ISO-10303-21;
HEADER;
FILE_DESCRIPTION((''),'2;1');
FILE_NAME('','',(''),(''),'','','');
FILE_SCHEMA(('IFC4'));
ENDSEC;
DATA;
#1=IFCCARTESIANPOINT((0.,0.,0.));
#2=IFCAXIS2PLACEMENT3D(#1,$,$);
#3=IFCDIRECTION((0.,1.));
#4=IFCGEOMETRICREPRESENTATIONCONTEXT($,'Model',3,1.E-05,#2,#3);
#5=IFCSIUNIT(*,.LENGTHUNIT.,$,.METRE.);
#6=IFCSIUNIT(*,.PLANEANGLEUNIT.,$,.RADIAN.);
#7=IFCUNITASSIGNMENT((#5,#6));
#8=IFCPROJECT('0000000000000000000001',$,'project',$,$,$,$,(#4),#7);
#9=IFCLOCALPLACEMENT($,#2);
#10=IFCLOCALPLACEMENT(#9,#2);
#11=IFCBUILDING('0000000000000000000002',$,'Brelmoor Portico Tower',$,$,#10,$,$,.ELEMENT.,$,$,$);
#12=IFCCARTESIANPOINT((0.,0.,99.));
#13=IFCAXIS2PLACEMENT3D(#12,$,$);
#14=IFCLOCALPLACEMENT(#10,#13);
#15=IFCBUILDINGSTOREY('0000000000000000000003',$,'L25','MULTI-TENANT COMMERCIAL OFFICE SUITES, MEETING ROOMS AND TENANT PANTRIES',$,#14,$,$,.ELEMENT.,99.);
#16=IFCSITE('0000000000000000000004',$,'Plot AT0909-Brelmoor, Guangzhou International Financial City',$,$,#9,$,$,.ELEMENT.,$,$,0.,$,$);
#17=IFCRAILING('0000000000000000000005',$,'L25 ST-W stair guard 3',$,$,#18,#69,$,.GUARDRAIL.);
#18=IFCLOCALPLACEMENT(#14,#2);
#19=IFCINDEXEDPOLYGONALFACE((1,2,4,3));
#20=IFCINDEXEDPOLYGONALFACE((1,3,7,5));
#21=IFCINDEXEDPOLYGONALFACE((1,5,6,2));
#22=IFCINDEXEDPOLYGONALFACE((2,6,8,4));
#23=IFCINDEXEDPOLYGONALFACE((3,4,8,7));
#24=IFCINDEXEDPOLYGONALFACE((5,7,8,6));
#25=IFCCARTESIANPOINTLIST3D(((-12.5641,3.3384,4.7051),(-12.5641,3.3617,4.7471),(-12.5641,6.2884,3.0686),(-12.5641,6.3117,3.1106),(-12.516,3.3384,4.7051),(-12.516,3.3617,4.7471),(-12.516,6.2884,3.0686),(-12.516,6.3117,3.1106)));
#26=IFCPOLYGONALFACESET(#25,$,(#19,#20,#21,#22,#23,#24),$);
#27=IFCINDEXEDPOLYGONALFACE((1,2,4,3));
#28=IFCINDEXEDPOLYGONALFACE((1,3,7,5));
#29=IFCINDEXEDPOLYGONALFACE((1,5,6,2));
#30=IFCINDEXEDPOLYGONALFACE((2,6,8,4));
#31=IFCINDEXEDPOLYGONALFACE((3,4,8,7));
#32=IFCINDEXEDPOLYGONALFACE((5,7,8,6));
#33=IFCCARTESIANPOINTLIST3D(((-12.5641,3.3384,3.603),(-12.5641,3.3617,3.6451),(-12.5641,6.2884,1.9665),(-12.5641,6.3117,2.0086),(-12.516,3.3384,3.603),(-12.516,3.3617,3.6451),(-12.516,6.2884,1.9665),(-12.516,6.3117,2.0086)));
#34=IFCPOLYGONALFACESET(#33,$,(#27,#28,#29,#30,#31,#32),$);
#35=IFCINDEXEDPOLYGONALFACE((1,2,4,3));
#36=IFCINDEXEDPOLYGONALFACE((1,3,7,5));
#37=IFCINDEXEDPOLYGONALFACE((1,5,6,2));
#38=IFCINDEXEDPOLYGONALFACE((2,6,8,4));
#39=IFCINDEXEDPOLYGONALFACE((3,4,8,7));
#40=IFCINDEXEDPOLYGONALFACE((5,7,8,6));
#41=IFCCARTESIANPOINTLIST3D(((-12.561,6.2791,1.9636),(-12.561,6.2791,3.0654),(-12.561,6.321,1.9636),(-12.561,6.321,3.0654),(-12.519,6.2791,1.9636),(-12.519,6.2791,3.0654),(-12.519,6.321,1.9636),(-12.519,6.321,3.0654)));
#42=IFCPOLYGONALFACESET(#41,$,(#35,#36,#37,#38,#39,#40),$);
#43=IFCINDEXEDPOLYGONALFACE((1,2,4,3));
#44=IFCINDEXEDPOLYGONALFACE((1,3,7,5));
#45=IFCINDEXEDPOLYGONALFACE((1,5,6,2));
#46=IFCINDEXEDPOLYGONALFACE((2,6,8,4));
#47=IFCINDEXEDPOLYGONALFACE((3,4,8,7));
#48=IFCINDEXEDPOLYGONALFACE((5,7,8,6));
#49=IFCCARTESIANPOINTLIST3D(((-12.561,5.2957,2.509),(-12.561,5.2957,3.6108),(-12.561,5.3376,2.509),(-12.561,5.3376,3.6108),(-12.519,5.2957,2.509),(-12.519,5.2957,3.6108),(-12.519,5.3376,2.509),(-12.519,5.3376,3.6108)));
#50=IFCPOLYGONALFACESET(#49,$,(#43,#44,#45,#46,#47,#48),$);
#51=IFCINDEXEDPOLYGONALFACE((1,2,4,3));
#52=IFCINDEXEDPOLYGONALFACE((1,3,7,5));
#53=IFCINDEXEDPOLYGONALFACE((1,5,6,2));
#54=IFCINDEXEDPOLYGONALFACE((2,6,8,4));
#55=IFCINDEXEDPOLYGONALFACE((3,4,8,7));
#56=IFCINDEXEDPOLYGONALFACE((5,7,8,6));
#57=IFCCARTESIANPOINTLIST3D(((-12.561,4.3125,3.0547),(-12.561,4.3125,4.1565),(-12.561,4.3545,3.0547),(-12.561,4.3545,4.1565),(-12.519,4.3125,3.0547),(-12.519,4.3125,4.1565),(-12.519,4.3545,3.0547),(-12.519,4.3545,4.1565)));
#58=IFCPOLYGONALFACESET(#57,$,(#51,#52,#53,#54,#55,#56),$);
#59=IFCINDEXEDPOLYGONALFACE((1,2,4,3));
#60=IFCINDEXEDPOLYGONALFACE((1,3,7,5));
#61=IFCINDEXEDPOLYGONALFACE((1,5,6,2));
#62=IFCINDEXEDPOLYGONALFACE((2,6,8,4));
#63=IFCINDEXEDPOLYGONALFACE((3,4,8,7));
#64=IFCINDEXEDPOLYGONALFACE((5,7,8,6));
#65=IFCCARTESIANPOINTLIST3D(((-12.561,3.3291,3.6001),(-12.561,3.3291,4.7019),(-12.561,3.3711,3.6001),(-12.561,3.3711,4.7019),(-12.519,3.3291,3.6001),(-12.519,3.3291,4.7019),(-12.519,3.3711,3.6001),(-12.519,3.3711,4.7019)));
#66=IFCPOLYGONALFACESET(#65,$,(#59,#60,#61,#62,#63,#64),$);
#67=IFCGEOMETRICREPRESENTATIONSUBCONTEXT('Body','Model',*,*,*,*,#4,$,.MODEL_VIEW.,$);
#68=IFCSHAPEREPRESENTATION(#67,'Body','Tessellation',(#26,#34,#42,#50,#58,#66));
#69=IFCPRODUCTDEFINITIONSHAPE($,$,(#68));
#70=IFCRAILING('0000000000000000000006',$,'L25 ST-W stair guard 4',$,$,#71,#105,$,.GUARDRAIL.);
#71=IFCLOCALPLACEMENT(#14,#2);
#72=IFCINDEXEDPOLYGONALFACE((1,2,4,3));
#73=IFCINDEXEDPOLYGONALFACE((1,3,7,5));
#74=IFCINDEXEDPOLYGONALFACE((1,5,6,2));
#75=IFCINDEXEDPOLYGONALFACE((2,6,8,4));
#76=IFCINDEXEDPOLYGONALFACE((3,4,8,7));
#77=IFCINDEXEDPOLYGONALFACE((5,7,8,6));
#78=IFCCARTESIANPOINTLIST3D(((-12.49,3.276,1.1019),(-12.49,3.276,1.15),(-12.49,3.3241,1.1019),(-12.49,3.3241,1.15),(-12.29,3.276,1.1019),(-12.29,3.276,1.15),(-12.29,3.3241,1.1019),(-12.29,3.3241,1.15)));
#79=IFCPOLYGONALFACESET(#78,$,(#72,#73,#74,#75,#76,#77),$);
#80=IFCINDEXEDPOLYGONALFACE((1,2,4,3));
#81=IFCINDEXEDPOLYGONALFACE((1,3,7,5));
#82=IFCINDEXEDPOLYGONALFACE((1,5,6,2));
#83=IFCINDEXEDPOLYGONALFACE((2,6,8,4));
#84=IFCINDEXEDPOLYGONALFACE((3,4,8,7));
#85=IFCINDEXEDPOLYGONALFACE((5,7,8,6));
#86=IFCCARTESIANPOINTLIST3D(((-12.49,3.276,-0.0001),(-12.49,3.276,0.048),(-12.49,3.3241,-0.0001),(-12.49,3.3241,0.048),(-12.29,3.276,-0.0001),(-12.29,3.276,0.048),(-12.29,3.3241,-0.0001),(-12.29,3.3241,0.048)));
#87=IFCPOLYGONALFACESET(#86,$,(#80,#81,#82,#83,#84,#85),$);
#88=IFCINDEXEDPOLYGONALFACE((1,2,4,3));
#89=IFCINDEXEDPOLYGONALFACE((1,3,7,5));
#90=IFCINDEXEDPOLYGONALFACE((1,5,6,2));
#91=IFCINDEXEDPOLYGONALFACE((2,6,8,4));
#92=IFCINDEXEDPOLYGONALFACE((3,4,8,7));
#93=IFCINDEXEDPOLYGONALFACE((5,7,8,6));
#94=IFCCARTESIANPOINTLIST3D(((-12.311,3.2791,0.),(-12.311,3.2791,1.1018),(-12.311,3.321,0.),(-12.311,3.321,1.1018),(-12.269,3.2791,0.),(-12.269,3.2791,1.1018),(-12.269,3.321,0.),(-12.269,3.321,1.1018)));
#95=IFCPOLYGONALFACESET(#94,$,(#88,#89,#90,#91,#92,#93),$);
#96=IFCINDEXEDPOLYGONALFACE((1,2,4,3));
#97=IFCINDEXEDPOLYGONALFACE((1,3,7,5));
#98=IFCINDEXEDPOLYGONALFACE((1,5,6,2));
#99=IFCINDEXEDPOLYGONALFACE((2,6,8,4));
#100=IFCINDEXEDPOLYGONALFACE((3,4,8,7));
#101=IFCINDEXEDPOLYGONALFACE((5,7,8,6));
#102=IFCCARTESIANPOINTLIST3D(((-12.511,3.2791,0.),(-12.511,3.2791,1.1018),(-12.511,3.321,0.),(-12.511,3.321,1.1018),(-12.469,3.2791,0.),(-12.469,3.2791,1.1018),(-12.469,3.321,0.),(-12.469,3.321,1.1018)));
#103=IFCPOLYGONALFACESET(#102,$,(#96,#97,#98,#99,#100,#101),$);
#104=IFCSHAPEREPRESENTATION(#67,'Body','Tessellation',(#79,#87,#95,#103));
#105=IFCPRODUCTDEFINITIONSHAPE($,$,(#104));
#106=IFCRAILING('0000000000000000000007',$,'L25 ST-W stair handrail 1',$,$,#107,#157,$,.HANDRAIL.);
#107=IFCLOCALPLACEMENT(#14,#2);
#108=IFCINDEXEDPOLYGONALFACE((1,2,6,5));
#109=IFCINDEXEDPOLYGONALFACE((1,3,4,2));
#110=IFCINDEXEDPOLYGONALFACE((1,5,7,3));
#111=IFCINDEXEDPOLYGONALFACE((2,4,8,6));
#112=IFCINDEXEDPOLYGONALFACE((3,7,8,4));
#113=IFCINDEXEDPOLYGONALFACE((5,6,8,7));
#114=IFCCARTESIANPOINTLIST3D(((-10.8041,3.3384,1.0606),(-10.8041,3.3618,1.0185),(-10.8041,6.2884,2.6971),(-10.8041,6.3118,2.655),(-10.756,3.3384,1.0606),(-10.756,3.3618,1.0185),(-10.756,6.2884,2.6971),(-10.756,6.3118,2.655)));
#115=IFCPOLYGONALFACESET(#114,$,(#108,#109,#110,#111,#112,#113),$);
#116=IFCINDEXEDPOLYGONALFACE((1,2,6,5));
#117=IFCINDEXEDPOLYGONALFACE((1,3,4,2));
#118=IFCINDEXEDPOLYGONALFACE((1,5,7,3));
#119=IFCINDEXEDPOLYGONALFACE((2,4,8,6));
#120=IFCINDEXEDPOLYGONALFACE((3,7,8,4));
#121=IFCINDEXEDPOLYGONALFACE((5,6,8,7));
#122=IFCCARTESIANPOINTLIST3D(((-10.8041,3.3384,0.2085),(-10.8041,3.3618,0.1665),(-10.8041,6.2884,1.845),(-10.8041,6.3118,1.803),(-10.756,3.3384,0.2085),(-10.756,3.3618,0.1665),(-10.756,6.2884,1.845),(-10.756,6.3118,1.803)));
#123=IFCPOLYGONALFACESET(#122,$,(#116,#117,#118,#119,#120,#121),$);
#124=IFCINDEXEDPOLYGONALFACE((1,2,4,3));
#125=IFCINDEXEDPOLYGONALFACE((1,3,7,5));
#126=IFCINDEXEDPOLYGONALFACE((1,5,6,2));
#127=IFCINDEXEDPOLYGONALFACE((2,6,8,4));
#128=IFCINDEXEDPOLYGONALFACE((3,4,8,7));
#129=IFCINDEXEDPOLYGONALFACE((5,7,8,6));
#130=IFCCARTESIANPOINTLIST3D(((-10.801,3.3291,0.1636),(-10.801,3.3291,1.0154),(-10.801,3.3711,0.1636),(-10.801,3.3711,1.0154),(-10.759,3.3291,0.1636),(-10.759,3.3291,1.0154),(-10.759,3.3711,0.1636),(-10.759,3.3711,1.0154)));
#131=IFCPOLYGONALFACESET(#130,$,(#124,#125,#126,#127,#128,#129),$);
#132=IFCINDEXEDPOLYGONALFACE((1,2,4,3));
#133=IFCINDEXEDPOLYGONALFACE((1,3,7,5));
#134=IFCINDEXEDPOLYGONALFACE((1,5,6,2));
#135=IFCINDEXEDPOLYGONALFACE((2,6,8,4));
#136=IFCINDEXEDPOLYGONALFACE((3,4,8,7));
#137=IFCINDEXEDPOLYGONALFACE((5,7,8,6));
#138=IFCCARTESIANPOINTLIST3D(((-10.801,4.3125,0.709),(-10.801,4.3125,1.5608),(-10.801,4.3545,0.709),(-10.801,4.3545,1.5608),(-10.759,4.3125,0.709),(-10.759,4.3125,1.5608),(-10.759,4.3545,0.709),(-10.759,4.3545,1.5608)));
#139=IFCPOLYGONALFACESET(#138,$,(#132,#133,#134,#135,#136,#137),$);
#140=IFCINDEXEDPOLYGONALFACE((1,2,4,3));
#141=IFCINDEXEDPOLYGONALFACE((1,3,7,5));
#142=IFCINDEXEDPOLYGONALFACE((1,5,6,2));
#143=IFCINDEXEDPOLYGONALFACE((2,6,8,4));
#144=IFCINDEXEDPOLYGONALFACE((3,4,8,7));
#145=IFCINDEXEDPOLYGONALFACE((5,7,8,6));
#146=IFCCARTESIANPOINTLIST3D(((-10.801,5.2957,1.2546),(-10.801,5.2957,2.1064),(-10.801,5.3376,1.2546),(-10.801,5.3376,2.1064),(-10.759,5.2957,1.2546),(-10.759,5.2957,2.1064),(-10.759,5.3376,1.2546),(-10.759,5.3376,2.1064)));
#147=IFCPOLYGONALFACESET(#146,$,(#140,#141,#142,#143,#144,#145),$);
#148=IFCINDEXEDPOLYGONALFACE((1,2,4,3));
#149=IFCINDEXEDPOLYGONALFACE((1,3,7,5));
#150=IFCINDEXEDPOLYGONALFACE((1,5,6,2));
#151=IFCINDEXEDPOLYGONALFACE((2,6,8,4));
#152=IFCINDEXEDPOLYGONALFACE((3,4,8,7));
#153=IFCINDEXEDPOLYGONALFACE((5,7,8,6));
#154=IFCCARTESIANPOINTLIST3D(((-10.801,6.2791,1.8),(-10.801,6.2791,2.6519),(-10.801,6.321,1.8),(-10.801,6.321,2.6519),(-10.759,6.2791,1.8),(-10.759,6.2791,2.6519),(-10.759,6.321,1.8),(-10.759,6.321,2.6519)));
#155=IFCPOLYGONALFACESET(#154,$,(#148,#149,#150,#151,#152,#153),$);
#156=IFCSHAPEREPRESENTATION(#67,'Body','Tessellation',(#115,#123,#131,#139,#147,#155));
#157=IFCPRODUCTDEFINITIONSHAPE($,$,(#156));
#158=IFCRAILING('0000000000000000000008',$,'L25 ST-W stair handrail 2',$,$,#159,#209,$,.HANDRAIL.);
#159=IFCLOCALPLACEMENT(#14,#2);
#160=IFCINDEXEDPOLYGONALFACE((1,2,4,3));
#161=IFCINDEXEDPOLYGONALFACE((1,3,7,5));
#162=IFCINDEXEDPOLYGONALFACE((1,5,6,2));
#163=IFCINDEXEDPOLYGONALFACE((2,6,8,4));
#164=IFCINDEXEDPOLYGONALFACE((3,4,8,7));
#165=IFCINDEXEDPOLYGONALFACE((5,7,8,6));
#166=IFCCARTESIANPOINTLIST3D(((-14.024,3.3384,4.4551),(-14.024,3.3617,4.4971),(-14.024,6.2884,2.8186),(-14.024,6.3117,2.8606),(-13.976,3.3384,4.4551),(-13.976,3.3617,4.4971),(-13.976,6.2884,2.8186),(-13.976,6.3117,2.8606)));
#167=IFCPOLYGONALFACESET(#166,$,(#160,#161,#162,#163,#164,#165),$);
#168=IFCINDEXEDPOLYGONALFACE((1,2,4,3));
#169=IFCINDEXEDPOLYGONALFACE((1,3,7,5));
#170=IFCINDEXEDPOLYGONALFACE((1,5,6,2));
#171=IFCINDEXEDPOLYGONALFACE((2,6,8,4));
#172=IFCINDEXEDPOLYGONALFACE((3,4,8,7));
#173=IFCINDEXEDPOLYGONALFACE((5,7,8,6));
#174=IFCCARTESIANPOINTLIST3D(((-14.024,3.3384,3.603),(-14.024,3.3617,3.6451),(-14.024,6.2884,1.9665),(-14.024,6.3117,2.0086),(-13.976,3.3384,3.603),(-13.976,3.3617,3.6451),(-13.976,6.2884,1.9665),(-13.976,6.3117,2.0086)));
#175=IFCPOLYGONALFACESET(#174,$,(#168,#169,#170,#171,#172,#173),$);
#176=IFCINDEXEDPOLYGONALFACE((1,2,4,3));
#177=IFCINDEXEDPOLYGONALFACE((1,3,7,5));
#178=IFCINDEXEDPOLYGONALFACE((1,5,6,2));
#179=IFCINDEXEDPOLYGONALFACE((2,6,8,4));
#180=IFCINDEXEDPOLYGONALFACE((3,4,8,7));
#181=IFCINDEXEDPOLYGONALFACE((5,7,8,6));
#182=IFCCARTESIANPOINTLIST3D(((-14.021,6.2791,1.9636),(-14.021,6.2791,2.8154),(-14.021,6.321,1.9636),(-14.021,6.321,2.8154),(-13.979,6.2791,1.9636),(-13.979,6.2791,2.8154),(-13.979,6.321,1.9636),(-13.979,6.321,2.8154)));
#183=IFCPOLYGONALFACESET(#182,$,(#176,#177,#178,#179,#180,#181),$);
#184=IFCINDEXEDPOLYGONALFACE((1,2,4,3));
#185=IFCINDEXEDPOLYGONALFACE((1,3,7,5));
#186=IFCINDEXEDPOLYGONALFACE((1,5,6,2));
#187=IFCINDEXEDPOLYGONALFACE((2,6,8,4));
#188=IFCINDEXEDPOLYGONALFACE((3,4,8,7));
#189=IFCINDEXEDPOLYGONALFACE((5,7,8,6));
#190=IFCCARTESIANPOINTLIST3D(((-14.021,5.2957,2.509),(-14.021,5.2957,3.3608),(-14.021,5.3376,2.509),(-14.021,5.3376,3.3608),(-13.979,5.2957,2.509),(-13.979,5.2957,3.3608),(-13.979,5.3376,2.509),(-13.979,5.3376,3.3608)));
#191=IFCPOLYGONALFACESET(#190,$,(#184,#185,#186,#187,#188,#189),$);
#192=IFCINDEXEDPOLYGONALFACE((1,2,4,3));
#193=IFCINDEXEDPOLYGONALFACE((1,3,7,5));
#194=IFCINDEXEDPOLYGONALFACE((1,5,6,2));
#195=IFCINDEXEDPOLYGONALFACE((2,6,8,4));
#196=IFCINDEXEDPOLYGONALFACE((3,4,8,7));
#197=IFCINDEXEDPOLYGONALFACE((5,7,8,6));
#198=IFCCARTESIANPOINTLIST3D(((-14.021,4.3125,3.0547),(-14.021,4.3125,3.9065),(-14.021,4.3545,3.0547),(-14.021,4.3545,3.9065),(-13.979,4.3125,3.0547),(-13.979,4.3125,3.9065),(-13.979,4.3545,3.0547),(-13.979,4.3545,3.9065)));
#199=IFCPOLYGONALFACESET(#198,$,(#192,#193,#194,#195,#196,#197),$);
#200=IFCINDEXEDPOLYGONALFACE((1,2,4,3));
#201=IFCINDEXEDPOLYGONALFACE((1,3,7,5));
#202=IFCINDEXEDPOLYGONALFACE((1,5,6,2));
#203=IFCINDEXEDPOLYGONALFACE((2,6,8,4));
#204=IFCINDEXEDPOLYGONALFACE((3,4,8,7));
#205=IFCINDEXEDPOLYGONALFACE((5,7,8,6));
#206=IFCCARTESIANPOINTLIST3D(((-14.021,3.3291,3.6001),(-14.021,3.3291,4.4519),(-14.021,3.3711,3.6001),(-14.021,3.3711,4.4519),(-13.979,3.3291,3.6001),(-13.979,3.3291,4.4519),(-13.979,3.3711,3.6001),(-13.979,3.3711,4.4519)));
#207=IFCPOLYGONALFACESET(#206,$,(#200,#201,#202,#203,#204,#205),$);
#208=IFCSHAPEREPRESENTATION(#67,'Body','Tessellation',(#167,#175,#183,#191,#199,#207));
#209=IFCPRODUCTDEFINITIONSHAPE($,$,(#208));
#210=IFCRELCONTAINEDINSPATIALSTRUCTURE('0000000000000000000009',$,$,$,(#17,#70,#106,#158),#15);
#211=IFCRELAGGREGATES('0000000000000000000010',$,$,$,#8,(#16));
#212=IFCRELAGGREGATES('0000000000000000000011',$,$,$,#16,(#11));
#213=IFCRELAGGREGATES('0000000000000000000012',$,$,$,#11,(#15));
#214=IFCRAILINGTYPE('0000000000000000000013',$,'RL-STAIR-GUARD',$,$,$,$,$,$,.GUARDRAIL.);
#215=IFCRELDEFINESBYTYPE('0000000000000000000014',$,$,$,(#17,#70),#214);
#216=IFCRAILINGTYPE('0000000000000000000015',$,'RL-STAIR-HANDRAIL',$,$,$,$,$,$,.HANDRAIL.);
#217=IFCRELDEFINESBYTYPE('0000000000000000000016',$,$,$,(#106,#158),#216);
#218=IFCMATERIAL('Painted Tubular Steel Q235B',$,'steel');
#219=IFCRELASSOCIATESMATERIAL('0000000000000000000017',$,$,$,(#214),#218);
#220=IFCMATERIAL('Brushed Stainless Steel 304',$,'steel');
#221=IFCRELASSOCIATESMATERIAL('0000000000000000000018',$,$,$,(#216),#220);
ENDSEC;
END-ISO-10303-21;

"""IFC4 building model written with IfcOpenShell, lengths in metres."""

from ifc_helpers import new_model, si_unit, direction, frame, origin, origin_2d, place, context, subcontext, project, spatial, rectangle, extrude, material, type_object, element, save


model = new_model("IFC4")

# Units and contexts
model_context = context("Model", 3, precision=1e-05, world=origin(), true_north=direction((0.0, 1.0)))
body_context = subcontext(model_context, "Body", "Model", "MODEL_VIEW")
ifc_project = project(units=[si_unit("LENGTHUNIT", "METRE"), si_unit("PLANEANGLEUNIT", "RADIAN")], contexts=[model_context])

# Site, building, storey
site_placement = place(None, origin())
site = spatial("IfcSite", under=ifc_project, at=site_placement, Name="Plot AT0909-Brelmoor, Guangzhou International Financial City", CompositionType="ELEMENT", RefElevation=0.0)
building_placement = place(site_placement, origin())
building = spatial("IfcBuilding", under=site, at=building_placement, Name="Brelmoor Portico Tower", CompositionType="ELEMENT")
storey_placement = place(building_placement, frame((0.0, 0.0, 99.0)))
storey = spatial("IfcBuildingStorey", under=building, at=storey_placement, Name="L25", Description="MULTI-TENANT COMMERCIAL OFFICE SUITES, MEETING ROOMS AND TENANT PANTRIES", CompositionType="ELEMENT", Elevation=99.0)

# Railings
ifc_material_1 = material(Name="Painted Tubular Steel Q235B", Category="steel")
railing_type_1 = type_object("IfcRailingType", Name="RL-STAIR-GUARD", PredefinedType="GUARDRAIL", material=ifc_material_1)
railing_1_placement = place(storey_placement, frame((-12.54, 6.3, 1.9636)))
element("IfcRailing", 1, at=railing_1_placement, inside=storey, type_object=railing_type_1, Name="L25 ST-W stair guard 3", PredefinedType="GUARDRAIL", context=body_context, shape_type="SweptSolid", body=[
    extrude(rectangle(XDim=0.0481, YDim=0.0481, at=origin_2d()), frame((0.0, 0.0, 1.126), z_axis=(0.0, -0.874458, 0.485102), x_axis=(1.0, 0.0, 0.0)), (0.0, 0.0, 1.0), 3.3735),
    extrude(rectangle(XDim=0.0481, YDim=0.0481, at=origin_2d()), frame((0.0, 0.0, 0.0239), z_axis=(0.0, -0.874458, 0.485102), x_axis=(1.0, 0.0, 0.0)), (0.0, 0.0, 1.0), 3.3735),
    extrude(rectangle(XDim=0.042, YDim=0.042, at=origin_2d()), origin(), (0.0, 0.0, 1.0), 1.1018),
    extrude(rectangle(XDim=0.042, YDim=0.042, at=origin_2d()), frame((0.0, -0.9834, 0.5454)), (0.0, 0.0, 1.0), 1.1018),
    extrude(rectangle(XDim=0.042, YDim=0.042, at=origin_2d()), frame((0.0, -1.9666, 1.0911)), (0.0, 0.0, 1.0), 1.1018),
    extrude(rectangle(XDim=0.042, YDim=0.042, at=origin_2d()), frame((0.0, -2.95, 1.6365)), (0.0, 0.0, 1.0), 1.1018),
])
railing_2_placement = place(storey_placement, frame((-12.29, 3.3, 0.0)))
element("IfcRailing", 2, at=railing_2_placement, inside=storey, type_object=railing_type_1, Name="L25 ST-W stair guard 4", PredefinedType="GUARDRAIL", context=body_context, shape_type="SweptSolid", body=[
    extrude(rectangle(XDim=0.0481, YDim=0.0481, at=origin_2d()), frame((0.0, 0.0, 1.126), z_axis=(-1.0, 0.0, 0.0), x_axis=(0.0, -1.0, 0.0)), (0.0, 0.0, 1.0), 0.2),
    extrude(rectangle(XDim=0.0481, YDim=0.0481, at=origin_2d()), frame((0.0, 0.0, 0.0239), z_axis=(-1.0, 0.0, 0.0), x_axis=(0.0, -1.0, 0.0)), (0.0, 0.0, 1.0), 0.2),
    extrude(rectangle(XDim=0.042, YDim=0.042, at=origin_2d()), origin(), (0.0, 0.0, 1.0), 1.1018),
    extrude(rectangle(XDim=0.042, YDim=0.042, at=origin_2d()), frame((-0.2, 0.0, 0.0)), (0.0, 0.0, 1.0), 1.1018),
])
ifc_material_2 = material(Name="Brushed Stainless Steel 304", Category="steel")
railing_type_2 = type_object("IfcRailingType", Name="RL-STAIR-HANDRAIL", PredefinedType="HANDRAIL", material=ifc_material_2)
railing_3_placement = place(storey_placement, frame((-10.78, 3.3501, 0.1636)))
element("IfcRailing", 3, at=railing_3_placement, inside=storey, type_object=railing_type_2, Name="L25 ST-W stair handrail 1", PredefinedType="HANDRAIL", context=body_context, shape_type="SweptSolid", body=[
    extrude(rectangle(XDim=0.0481, YDim=0.0481, at=origin_2d()), frame((0.0, 0.0, 0.876), z_axis=(0.0, 0.874458, 0.485102), x_axis=(-1.0, 0.0, 0.0)), (0.0, 0.0, 1.0), 3.3735),
    extrude(rectangle(XDim=0.0481, YDim=0.0481, at=origin_2d()), frame((0.0, 0.0, 0.0239), z_axis=(0.0, 0.874458, 0.485102), x_axis=(-1.0, 0.0, 0.0)), (0.0, 0.0, 1.0), 3.3735),
    extrude(rectangle(XDim=0.042, YDim=0.042, at=origin_2d()), origin(), (0.0, 0.0, 1.0), 0.8518),
    extrude(rectangle(XDim=0.042, YDim=0.042, at=origin_2d()), frame((0.0, 0.9834, 0.5454)), (0.0, 0.0, 1.0), 0.8518),
    extrude(rectangle(XDim=0.042, YDim=0.042, at=origin_2d()), frame((0.0, 1.9666, 1.0911)), (0.0, 0.0, 1.0), 0.8518),
    extrude(rectangle(XDim=0.042, YDim=0.042, at=origin_2d()), frame((0.0, 2.95, 1.6365)), (0.0, 0.0, 1.0), 0.8518),
])
railing_4_placement = place(storey_placement, frame((-14.0, 6.3, 1.9636)))
element("IfcRailing", 4, at=railing_4_placement, inside=storey, type_object=railing_type_2, Name="L25 ST-W stair handrail 2", PredefinedType="HANDRAIL", context=body_context, shape_type="SweptSolid", body=[
    extrude(rectangle(XDim=0.0481, YDim=0.0481, at=origin_2d()), frame((0.0, 0.0, 0.876), z_axis=(0.0, -0.874458, 0.485102), x_axis=(1.0, 0.0, 0.0)), (0.0, 0.0, 1.0), 3.3735),
    extrude(rectangle(XDim=0.0481, YDim=0.0481, at=origin_2d()), frame((0.0, 0.0, 0.0239), z_axis=(0.0, -0.874458, 0.485102), x_axis=(1.0, 0.0, 0.0)), (0.0, 0.0, 1.0), 3.3735),
    extrude(rectangle(XDim=0.042, YDim=0.042, at=origin_2d()), origin(), (0.0, 0.0, 1.0), 0.8518),
    extrude(rectangle(XDim=0.042, YDim=0.042, at=origin_2d()), frame((0.0, -0.9834, 0.5454)), (0.0, 0.0, 1.0), 0.8518),
    extrude(rectangle(XDim=0.042, YDim=0.042, at=origin_2d()), frame((0.0, -1.9666, 1.0911)), (0.0, 0.0, 1.0), 0.8518),
    extrude(rectangle(XDim=0.042, YDim=0.042, at=origin_2d()), frame((0.0, -2.95, 1.6365)), (0.0, 0.0, 1.0), 0.8518),
])

save(model, "model.ifc")
